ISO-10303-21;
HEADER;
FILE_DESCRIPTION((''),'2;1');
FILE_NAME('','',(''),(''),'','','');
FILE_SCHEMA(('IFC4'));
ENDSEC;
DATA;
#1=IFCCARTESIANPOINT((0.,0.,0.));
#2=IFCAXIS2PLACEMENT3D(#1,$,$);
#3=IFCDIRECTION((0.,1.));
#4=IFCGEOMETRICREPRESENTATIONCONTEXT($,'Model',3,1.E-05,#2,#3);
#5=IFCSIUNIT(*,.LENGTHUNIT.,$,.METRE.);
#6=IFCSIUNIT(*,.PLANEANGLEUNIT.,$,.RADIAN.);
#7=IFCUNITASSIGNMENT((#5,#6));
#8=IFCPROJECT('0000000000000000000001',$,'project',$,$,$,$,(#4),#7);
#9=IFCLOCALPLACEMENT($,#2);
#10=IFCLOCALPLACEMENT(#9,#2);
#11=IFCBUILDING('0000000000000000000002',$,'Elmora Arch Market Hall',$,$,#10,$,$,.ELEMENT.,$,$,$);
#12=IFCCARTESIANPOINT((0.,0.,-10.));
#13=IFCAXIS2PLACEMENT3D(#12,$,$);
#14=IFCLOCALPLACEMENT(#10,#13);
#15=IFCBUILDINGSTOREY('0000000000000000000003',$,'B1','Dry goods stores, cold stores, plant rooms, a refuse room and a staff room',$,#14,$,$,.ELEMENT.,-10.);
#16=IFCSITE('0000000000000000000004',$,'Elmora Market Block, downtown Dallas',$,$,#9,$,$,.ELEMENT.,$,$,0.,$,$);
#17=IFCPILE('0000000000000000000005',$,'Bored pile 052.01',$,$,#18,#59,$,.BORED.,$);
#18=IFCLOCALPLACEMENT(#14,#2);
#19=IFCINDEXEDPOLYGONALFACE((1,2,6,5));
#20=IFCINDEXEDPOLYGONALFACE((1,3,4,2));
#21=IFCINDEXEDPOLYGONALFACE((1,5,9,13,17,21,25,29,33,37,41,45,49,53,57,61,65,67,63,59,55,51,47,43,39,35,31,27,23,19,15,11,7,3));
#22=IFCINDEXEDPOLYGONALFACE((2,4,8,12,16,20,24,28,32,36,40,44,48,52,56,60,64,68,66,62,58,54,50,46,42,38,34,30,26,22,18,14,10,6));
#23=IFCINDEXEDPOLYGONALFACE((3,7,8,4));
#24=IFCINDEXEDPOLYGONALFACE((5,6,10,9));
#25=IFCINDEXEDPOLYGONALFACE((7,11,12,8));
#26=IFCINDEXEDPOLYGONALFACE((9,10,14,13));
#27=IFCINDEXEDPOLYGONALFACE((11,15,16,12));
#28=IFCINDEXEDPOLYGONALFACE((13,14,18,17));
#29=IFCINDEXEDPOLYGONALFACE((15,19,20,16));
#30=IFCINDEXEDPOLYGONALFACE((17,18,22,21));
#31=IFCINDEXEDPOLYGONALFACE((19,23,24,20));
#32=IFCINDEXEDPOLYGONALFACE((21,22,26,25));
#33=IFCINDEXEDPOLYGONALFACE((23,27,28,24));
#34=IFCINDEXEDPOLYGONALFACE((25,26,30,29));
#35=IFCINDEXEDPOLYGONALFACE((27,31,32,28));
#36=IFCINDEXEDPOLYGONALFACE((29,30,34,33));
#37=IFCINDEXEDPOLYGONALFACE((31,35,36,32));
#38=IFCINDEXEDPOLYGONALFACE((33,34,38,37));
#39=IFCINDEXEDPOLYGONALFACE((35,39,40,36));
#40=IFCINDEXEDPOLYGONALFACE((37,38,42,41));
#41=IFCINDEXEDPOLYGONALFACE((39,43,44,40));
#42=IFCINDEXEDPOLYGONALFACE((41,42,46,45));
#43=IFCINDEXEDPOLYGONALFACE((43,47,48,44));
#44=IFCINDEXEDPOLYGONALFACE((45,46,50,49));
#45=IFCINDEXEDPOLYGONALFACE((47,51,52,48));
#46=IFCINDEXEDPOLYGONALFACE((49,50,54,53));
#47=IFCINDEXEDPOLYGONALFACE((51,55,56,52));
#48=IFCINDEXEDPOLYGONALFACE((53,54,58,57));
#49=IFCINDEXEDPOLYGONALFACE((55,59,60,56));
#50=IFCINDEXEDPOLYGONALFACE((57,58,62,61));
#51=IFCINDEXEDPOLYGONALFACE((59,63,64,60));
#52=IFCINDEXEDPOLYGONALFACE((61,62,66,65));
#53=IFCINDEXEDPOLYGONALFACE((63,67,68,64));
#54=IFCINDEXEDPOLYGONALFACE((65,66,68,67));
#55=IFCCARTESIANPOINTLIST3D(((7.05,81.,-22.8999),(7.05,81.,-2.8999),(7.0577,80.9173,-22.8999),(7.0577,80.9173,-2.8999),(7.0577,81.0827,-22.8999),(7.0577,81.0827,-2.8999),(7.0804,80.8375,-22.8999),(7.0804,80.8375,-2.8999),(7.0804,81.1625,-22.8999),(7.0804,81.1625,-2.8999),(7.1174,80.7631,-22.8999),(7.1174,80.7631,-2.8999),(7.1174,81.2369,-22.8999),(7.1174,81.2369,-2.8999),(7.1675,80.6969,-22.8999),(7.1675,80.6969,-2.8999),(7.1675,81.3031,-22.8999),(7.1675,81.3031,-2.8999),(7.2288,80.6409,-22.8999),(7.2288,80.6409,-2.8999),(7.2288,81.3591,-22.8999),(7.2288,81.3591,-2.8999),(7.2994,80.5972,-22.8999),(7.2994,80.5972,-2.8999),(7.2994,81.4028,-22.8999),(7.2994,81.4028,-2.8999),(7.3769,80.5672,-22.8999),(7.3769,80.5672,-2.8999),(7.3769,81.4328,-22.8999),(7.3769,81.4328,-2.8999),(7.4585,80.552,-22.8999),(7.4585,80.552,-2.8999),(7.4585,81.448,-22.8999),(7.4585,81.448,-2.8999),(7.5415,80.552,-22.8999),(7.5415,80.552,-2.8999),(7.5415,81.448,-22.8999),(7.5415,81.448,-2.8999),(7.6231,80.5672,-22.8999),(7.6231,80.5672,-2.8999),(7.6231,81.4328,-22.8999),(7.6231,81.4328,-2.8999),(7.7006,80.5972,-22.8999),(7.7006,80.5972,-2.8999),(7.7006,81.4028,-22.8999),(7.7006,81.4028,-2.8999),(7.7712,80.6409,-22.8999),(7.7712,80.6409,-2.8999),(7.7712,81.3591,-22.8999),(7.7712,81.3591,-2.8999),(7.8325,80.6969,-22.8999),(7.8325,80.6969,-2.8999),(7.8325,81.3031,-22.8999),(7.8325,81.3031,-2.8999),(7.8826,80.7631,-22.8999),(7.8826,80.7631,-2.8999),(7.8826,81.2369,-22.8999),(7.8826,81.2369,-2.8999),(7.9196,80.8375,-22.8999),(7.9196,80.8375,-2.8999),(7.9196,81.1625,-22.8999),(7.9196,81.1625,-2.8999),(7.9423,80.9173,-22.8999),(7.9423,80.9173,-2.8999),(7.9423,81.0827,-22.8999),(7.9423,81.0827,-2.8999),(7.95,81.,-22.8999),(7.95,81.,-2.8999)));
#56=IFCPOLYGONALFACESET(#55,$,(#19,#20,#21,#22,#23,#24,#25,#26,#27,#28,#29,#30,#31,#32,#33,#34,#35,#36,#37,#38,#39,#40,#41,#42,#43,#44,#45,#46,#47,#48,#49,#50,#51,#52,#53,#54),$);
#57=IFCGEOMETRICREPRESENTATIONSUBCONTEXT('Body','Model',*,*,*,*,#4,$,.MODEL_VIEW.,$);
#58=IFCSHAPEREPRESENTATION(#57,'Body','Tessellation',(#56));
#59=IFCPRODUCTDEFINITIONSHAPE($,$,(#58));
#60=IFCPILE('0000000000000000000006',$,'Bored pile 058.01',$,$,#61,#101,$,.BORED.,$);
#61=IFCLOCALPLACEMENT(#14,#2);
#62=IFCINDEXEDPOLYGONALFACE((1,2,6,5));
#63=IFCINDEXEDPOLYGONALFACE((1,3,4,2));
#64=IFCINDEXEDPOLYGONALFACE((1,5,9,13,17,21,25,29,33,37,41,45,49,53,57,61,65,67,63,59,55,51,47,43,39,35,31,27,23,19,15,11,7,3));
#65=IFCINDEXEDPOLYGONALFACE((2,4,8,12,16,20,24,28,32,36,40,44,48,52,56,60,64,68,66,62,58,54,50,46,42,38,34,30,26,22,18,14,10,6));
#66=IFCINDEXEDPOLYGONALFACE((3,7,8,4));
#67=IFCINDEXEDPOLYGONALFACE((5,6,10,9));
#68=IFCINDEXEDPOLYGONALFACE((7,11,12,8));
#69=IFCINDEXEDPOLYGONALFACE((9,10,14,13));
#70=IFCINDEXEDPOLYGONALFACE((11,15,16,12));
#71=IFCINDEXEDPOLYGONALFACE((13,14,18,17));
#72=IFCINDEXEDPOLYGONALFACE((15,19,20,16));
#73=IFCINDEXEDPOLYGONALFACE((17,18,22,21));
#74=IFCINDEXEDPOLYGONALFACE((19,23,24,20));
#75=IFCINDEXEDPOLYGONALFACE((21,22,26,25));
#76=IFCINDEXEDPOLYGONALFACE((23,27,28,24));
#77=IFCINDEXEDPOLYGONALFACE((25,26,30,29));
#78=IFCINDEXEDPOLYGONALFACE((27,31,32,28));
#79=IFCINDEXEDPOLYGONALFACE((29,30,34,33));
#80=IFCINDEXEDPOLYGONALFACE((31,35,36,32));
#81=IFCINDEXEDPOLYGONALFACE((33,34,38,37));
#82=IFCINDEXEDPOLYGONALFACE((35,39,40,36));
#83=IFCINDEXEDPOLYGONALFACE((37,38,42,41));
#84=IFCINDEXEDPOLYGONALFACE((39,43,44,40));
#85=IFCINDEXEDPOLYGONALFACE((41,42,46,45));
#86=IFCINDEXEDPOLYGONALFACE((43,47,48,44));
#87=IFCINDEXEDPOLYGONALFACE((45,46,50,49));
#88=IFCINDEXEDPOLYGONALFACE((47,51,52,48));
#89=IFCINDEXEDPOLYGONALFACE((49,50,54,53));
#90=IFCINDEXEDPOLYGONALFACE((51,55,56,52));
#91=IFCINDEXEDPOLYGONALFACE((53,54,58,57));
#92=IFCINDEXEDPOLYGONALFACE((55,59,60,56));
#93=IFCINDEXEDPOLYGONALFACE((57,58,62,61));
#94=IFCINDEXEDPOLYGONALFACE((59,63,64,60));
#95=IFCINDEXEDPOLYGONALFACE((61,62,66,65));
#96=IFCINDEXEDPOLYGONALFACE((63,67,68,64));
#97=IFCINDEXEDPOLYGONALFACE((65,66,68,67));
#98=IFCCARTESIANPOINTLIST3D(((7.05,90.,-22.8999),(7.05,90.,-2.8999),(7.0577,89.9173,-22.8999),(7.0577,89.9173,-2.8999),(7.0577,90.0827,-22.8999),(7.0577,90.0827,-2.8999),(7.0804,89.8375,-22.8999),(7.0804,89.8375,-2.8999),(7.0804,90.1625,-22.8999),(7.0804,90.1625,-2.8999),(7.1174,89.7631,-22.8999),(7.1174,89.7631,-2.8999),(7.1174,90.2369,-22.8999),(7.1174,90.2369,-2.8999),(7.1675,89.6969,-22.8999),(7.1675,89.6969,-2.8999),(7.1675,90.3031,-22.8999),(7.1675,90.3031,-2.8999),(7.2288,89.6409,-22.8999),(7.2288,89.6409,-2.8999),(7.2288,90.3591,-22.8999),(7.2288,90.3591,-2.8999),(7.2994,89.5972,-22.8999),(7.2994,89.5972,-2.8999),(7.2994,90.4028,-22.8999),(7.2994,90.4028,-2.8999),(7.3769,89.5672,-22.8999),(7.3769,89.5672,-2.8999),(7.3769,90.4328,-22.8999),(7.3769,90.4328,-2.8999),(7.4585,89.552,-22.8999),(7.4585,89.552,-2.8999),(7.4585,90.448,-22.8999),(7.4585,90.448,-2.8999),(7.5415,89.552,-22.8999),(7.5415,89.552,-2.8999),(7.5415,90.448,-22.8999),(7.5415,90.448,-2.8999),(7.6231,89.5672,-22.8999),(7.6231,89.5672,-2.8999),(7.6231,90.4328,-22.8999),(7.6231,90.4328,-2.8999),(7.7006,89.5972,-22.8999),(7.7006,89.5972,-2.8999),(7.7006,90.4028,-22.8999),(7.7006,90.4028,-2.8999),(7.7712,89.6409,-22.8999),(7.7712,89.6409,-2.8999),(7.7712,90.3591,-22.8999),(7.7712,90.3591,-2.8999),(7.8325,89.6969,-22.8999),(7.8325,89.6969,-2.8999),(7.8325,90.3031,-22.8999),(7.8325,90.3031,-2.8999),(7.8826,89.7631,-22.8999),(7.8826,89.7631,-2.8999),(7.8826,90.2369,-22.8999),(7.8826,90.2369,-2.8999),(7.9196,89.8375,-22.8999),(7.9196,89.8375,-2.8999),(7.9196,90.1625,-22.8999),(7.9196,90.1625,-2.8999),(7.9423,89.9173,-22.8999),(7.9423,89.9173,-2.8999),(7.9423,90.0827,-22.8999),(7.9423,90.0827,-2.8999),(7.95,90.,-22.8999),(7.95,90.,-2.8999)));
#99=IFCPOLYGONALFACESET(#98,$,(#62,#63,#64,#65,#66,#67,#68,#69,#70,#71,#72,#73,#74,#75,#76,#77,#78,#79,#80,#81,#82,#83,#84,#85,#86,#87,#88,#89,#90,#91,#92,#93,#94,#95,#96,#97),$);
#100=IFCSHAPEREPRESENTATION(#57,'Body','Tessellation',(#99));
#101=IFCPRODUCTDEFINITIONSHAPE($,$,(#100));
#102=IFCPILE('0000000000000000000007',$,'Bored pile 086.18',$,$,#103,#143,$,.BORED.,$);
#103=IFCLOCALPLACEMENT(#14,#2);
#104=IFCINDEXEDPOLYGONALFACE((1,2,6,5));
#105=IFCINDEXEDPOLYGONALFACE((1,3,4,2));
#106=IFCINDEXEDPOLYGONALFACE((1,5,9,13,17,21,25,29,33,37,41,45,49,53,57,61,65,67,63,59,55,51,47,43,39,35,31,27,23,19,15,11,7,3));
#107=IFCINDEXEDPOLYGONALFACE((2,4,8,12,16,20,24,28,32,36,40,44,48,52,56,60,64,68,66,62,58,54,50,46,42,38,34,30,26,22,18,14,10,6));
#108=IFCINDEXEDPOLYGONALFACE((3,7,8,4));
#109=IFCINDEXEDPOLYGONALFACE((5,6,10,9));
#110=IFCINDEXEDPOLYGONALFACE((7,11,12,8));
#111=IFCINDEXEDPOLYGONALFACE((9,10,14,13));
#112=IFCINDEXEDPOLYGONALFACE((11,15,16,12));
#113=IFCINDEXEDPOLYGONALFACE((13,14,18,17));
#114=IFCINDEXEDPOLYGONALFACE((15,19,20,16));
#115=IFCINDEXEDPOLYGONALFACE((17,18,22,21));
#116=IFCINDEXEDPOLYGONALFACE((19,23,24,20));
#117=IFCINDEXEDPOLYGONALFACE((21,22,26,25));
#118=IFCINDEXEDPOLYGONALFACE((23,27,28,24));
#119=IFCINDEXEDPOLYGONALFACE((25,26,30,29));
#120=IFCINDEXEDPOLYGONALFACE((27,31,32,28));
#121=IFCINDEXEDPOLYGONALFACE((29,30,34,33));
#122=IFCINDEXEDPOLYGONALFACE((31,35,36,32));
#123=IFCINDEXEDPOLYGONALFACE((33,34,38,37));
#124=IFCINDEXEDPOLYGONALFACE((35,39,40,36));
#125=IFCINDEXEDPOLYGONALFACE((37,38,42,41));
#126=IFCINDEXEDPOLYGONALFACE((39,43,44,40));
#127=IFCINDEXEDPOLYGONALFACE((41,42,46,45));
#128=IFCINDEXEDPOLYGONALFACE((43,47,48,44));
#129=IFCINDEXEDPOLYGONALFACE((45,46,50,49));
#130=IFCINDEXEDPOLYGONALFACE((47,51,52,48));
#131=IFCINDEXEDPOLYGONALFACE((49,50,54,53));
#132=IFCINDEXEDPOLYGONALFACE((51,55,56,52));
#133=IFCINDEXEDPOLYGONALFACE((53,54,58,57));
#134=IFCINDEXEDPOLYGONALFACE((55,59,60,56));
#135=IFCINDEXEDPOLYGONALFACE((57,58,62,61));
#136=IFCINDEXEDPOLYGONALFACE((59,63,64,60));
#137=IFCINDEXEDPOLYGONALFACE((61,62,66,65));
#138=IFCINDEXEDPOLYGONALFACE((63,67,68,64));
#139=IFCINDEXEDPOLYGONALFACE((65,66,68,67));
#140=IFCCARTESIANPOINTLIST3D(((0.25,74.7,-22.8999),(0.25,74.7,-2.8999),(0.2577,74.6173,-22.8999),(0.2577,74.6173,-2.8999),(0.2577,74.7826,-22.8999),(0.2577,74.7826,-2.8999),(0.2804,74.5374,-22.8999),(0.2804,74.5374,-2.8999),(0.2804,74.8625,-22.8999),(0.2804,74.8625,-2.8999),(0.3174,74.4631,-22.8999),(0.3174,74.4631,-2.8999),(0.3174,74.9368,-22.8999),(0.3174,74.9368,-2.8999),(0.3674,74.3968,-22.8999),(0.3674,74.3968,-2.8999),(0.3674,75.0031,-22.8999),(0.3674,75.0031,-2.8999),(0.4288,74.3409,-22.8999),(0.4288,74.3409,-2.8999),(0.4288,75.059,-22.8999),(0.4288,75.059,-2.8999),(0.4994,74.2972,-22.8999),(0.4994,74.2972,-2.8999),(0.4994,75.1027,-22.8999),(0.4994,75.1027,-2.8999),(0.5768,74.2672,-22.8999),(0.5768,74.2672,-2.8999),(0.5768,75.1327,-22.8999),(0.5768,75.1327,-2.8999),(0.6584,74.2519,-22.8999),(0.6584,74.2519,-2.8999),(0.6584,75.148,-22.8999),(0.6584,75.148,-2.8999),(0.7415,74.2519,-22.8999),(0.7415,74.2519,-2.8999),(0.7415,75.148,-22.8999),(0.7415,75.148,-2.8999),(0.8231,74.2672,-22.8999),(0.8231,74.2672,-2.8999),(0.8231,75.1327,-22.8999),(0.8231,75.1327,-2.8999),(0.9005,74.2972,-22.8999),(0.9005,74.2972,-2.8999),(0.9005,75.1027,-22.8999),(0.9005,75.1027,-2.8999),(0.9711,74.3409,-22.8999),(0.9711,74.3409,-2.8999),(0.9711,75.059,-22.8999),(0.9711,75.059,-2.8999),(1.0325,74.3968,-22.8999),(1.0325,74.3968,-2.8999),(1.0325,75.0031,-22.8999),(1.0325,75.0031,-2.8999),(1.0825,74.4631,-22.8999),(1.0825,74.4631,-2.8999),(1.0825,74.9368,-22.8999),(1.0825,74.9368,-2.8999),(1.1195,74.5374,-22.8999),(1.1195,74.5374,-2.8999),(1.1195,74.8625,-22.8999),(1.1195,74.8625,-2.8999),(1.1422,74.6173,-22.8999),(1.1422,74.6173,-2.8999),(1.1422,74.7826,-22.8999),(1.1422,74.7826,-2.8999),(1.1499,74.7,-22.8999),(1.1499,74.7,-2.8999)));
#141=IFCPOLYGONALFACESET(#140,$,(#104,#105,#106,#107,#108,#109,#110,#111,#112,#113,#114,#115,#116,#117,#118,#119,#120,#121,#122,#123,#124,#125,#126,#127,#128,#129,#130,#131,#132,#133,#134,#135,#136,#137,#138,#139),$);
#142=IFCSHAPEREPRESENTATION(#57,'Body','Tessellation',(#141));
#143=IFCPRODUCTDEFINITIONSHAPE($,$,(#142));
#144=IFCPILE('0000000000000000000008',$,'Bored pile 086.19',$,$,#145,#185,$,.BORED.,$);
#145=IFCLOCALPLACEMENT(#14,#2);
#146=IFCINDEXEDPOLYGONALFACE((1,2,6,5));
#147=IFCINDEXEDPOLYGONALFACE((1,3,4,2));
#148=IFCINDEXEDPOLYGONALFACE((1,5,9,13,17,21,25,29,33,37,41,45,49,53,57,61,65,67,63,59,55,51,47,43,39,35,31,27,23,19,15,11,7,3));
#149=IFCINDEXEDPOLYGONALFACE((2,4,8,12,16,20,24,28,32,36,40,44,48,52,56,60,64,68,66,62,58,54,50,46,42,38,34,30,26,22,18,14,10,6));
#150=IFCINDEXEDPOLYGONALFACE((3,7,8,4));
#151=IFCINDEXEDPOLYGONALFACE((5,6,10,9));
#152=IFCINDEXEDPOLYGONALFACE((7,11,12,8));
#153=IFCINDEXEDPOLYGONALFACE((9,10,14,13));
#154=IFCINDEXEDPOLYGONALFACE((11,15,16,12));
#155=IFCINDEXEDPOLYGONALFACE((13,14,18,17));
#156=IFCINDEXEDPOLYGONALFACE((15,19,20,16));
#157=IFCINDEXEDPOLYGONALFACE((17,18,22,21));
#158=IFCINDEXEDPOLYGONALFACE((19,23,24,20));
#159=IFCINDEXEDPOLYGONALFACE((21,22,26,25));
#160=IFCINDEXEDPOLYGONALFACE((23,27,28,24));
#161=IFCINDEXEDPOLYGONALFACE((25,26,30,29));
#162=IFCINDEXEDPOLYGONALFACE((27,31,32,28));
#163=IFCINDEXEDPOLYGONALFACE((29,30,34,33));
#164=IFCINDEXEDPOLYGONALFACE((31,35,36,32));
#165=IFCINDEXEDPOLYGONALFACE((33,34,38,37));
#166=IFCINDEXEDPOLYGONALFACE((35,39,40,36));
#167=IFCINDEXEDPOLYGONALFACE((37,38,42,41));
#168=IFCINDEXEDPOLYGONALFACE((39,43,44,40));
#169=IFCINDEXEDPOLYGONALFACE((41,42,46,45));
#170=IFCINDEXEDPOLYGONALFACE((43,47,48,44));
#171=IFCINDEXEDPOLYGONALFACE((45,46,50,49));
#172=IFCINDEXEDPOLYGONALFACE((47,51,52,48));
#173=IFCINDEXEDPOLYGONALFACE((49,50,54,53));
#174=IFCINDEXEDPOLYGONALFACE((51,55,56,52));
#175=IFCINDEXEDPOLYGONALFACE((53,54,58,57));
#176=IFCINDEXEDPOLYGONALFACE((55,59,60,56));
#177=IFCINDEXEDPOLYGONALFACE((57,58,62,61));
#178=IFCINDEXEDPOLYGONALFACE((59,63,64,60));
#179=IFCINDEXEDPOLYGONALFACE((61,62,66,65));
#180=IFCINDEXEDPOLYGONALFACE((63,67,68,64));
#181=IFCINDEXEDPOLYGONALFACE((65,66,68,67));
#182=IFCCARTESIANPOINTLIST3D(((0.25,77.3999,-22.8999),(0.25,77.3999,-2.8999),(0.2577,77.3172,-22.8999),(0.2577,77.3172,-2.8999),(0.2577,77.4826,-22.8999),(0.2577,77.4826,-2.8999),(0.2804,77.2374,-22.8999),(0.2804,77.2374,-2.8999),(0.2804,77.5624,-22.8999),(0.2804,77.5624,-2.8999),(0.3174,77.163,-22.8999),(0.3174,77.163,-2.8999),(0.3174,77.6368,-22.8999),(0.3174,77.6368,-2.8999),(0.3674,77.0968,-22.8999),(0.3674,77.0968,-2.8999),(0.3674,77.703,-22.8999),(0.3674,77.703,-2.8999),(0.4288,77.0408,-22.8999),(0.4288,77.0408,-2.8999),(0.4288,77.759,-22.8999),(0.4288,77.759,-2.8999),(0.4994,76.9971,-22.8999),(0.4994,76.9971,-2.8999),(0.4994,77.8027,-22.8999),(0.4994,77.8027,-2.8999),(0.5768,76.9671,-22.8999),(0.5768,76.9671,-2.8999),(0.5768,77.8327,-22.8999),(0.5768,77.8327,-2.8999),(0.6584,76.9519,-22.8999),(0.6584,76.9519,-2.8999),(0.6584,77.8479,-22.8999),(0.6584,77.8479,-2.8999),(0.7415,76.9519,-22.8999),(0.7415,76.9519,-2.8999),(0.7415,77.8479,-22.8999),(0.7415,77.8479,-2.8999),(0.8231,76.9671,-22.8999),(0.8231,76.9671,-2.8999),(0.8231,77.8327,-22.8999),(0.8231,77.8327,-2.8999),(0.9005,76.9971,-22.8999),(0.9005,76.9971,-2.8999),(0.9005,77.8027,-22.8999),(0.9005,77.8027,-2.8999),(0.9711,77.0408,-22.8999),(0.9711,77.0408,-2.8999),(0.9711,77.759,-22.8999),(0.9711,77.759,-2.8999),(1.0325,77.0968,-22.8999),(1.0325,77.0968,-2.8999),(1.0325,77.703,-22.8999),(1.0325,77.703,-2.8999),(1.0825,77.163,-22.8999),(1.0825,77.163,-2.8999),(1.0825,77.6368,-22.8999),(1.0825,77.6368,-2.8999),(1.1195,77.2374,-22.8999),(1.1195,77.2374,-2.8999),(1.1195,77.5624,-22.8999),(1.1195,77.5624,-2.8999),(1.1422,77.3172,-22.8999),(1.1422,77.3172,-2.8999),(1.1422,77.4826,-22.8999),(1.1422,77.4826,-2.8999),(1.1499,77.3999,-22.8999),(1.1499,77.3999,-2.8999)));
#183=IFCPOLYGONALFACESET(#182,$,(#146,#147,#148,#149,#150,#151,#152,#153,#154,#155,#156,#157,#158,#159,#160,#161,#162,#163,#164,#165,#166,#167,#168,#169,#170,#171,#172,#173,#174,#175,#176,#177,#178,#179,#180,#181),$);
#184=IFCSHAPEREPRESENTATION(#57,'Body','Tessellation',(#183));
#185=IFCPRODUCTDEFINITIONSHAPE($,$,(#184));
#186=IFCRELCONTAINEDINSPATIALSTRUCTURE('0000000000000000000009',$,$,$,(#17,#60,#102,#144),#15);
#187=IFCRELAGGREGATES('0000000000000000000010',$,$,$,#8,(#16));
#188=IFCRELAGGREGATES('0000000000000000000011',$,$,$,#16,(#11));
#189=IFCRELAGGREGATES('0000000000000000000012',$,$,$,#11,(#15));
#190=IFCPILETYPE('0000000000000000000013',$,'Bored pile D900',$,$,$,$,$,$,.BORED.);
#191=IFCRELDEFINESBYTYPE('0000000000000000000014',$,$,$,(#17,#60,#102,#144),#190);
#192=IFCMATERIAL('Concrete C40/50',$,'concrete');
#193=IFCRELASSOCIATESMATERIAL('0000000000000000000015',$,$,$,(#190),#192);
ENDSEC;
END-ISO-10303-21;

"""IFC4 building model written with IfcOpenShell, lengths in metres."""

from ifc_helpers import new_model, si_unit, direction, frame, origin, origin_2d, place, context, subcontext, project, spatial, circle, extrude, material, material_profile, profile_set, type_object, element, save


model = new_model("IFC4")

# Units and contexts
model_context = context("Model", 3, precision=1e-05, world=origin(), true_north=direction((0.0, 1.0)))
body_context = subcontext(model_context, "Body", "Model", "MODEL_VIEW")
ifc_project = project(units=[si_unit("LENGTHUNIT", "METRE"), si_unit("PLANEANGLEUNIT", "RADIAN")], contexts=[model_context])

# Site, building, storey
site_placement = place(None, origin())
site = spatial("IfcSite", under=ifc_project, at=site_placement, Name="Elmora Market Block, downtown Dallas", CompositionType="ELEMENT", RefElevation=0.0)
building_placement = place(site_placement, origin())
building = spatial("IfcBuilding", under=site, at=building_placement, Name="Elmora Arch Market Hall", CompositionType="ELEMENT")
storey_placement = place(building_placement, frame((0.0, 0.0, -10.0)))
storey = spatial("IfcBuildingStorey", under=building, at=storey_placement, Name="B1", Description="Dry goods stores, cold stores, plant rooms, a refuse room and a staff room", CompositionType="ELEMENT", Elevation=-10.0)

# Piles
ifc_material_1 = material(Name="Concrete C40/50", Category="concrete")
ifc_material_profile_1 = material_profile(ifc_material_1, circle(Radius=0.45, at=origin_2d()), Name="Bored pile D900")
ifc_profile_set_1 = profile_set([ifc_material_profile_1], Name="Concrete C40/50")
pile_type = type_object("IfcPileType", Name="Bored pile D900", PredefinedType="BORED", material=ifc_profile_set_1)
for number, where, z_axis, x_axis, name in (
    (1, (7.5, 81.0, -2.8999), (0.0, 0.0, -1.0), (1.0, 0.0, 0.0), "Bored pile 052.01"),
    (2, (7.5, 90.0, -2.8999), (0.0, 0.0, -1.0), (1.0, 0.0, 0.0), "Bored pile 058.01"),
    (3, (0.7, 74.7, -2.8999), (0.0, 0.0, -1.0), (1.0, 0.0, 0.0), "Bored pile 086.18"),
    (4, (0.7, 77.3999, -2.8999), (0.0, 0.0, -1.0), (1.0, 0.0, 0.0), "Bored pile 086.19"),
):
    element("IfcPile", number, at=place(storey_placement, frame(where, z_axis=z_axis, x_axis=x_axis)), inside=storey, type_object=pile_type, Name=name, PredefinedType="BORED", context=body_context, shape_type="SweptSolid", body=[
        extrude(circle(Radius=0.45, at=origin_2d()), origin(), (0.0, 0.0, 1.0), 20.0),
    ])

save(model, "model.ifc")
